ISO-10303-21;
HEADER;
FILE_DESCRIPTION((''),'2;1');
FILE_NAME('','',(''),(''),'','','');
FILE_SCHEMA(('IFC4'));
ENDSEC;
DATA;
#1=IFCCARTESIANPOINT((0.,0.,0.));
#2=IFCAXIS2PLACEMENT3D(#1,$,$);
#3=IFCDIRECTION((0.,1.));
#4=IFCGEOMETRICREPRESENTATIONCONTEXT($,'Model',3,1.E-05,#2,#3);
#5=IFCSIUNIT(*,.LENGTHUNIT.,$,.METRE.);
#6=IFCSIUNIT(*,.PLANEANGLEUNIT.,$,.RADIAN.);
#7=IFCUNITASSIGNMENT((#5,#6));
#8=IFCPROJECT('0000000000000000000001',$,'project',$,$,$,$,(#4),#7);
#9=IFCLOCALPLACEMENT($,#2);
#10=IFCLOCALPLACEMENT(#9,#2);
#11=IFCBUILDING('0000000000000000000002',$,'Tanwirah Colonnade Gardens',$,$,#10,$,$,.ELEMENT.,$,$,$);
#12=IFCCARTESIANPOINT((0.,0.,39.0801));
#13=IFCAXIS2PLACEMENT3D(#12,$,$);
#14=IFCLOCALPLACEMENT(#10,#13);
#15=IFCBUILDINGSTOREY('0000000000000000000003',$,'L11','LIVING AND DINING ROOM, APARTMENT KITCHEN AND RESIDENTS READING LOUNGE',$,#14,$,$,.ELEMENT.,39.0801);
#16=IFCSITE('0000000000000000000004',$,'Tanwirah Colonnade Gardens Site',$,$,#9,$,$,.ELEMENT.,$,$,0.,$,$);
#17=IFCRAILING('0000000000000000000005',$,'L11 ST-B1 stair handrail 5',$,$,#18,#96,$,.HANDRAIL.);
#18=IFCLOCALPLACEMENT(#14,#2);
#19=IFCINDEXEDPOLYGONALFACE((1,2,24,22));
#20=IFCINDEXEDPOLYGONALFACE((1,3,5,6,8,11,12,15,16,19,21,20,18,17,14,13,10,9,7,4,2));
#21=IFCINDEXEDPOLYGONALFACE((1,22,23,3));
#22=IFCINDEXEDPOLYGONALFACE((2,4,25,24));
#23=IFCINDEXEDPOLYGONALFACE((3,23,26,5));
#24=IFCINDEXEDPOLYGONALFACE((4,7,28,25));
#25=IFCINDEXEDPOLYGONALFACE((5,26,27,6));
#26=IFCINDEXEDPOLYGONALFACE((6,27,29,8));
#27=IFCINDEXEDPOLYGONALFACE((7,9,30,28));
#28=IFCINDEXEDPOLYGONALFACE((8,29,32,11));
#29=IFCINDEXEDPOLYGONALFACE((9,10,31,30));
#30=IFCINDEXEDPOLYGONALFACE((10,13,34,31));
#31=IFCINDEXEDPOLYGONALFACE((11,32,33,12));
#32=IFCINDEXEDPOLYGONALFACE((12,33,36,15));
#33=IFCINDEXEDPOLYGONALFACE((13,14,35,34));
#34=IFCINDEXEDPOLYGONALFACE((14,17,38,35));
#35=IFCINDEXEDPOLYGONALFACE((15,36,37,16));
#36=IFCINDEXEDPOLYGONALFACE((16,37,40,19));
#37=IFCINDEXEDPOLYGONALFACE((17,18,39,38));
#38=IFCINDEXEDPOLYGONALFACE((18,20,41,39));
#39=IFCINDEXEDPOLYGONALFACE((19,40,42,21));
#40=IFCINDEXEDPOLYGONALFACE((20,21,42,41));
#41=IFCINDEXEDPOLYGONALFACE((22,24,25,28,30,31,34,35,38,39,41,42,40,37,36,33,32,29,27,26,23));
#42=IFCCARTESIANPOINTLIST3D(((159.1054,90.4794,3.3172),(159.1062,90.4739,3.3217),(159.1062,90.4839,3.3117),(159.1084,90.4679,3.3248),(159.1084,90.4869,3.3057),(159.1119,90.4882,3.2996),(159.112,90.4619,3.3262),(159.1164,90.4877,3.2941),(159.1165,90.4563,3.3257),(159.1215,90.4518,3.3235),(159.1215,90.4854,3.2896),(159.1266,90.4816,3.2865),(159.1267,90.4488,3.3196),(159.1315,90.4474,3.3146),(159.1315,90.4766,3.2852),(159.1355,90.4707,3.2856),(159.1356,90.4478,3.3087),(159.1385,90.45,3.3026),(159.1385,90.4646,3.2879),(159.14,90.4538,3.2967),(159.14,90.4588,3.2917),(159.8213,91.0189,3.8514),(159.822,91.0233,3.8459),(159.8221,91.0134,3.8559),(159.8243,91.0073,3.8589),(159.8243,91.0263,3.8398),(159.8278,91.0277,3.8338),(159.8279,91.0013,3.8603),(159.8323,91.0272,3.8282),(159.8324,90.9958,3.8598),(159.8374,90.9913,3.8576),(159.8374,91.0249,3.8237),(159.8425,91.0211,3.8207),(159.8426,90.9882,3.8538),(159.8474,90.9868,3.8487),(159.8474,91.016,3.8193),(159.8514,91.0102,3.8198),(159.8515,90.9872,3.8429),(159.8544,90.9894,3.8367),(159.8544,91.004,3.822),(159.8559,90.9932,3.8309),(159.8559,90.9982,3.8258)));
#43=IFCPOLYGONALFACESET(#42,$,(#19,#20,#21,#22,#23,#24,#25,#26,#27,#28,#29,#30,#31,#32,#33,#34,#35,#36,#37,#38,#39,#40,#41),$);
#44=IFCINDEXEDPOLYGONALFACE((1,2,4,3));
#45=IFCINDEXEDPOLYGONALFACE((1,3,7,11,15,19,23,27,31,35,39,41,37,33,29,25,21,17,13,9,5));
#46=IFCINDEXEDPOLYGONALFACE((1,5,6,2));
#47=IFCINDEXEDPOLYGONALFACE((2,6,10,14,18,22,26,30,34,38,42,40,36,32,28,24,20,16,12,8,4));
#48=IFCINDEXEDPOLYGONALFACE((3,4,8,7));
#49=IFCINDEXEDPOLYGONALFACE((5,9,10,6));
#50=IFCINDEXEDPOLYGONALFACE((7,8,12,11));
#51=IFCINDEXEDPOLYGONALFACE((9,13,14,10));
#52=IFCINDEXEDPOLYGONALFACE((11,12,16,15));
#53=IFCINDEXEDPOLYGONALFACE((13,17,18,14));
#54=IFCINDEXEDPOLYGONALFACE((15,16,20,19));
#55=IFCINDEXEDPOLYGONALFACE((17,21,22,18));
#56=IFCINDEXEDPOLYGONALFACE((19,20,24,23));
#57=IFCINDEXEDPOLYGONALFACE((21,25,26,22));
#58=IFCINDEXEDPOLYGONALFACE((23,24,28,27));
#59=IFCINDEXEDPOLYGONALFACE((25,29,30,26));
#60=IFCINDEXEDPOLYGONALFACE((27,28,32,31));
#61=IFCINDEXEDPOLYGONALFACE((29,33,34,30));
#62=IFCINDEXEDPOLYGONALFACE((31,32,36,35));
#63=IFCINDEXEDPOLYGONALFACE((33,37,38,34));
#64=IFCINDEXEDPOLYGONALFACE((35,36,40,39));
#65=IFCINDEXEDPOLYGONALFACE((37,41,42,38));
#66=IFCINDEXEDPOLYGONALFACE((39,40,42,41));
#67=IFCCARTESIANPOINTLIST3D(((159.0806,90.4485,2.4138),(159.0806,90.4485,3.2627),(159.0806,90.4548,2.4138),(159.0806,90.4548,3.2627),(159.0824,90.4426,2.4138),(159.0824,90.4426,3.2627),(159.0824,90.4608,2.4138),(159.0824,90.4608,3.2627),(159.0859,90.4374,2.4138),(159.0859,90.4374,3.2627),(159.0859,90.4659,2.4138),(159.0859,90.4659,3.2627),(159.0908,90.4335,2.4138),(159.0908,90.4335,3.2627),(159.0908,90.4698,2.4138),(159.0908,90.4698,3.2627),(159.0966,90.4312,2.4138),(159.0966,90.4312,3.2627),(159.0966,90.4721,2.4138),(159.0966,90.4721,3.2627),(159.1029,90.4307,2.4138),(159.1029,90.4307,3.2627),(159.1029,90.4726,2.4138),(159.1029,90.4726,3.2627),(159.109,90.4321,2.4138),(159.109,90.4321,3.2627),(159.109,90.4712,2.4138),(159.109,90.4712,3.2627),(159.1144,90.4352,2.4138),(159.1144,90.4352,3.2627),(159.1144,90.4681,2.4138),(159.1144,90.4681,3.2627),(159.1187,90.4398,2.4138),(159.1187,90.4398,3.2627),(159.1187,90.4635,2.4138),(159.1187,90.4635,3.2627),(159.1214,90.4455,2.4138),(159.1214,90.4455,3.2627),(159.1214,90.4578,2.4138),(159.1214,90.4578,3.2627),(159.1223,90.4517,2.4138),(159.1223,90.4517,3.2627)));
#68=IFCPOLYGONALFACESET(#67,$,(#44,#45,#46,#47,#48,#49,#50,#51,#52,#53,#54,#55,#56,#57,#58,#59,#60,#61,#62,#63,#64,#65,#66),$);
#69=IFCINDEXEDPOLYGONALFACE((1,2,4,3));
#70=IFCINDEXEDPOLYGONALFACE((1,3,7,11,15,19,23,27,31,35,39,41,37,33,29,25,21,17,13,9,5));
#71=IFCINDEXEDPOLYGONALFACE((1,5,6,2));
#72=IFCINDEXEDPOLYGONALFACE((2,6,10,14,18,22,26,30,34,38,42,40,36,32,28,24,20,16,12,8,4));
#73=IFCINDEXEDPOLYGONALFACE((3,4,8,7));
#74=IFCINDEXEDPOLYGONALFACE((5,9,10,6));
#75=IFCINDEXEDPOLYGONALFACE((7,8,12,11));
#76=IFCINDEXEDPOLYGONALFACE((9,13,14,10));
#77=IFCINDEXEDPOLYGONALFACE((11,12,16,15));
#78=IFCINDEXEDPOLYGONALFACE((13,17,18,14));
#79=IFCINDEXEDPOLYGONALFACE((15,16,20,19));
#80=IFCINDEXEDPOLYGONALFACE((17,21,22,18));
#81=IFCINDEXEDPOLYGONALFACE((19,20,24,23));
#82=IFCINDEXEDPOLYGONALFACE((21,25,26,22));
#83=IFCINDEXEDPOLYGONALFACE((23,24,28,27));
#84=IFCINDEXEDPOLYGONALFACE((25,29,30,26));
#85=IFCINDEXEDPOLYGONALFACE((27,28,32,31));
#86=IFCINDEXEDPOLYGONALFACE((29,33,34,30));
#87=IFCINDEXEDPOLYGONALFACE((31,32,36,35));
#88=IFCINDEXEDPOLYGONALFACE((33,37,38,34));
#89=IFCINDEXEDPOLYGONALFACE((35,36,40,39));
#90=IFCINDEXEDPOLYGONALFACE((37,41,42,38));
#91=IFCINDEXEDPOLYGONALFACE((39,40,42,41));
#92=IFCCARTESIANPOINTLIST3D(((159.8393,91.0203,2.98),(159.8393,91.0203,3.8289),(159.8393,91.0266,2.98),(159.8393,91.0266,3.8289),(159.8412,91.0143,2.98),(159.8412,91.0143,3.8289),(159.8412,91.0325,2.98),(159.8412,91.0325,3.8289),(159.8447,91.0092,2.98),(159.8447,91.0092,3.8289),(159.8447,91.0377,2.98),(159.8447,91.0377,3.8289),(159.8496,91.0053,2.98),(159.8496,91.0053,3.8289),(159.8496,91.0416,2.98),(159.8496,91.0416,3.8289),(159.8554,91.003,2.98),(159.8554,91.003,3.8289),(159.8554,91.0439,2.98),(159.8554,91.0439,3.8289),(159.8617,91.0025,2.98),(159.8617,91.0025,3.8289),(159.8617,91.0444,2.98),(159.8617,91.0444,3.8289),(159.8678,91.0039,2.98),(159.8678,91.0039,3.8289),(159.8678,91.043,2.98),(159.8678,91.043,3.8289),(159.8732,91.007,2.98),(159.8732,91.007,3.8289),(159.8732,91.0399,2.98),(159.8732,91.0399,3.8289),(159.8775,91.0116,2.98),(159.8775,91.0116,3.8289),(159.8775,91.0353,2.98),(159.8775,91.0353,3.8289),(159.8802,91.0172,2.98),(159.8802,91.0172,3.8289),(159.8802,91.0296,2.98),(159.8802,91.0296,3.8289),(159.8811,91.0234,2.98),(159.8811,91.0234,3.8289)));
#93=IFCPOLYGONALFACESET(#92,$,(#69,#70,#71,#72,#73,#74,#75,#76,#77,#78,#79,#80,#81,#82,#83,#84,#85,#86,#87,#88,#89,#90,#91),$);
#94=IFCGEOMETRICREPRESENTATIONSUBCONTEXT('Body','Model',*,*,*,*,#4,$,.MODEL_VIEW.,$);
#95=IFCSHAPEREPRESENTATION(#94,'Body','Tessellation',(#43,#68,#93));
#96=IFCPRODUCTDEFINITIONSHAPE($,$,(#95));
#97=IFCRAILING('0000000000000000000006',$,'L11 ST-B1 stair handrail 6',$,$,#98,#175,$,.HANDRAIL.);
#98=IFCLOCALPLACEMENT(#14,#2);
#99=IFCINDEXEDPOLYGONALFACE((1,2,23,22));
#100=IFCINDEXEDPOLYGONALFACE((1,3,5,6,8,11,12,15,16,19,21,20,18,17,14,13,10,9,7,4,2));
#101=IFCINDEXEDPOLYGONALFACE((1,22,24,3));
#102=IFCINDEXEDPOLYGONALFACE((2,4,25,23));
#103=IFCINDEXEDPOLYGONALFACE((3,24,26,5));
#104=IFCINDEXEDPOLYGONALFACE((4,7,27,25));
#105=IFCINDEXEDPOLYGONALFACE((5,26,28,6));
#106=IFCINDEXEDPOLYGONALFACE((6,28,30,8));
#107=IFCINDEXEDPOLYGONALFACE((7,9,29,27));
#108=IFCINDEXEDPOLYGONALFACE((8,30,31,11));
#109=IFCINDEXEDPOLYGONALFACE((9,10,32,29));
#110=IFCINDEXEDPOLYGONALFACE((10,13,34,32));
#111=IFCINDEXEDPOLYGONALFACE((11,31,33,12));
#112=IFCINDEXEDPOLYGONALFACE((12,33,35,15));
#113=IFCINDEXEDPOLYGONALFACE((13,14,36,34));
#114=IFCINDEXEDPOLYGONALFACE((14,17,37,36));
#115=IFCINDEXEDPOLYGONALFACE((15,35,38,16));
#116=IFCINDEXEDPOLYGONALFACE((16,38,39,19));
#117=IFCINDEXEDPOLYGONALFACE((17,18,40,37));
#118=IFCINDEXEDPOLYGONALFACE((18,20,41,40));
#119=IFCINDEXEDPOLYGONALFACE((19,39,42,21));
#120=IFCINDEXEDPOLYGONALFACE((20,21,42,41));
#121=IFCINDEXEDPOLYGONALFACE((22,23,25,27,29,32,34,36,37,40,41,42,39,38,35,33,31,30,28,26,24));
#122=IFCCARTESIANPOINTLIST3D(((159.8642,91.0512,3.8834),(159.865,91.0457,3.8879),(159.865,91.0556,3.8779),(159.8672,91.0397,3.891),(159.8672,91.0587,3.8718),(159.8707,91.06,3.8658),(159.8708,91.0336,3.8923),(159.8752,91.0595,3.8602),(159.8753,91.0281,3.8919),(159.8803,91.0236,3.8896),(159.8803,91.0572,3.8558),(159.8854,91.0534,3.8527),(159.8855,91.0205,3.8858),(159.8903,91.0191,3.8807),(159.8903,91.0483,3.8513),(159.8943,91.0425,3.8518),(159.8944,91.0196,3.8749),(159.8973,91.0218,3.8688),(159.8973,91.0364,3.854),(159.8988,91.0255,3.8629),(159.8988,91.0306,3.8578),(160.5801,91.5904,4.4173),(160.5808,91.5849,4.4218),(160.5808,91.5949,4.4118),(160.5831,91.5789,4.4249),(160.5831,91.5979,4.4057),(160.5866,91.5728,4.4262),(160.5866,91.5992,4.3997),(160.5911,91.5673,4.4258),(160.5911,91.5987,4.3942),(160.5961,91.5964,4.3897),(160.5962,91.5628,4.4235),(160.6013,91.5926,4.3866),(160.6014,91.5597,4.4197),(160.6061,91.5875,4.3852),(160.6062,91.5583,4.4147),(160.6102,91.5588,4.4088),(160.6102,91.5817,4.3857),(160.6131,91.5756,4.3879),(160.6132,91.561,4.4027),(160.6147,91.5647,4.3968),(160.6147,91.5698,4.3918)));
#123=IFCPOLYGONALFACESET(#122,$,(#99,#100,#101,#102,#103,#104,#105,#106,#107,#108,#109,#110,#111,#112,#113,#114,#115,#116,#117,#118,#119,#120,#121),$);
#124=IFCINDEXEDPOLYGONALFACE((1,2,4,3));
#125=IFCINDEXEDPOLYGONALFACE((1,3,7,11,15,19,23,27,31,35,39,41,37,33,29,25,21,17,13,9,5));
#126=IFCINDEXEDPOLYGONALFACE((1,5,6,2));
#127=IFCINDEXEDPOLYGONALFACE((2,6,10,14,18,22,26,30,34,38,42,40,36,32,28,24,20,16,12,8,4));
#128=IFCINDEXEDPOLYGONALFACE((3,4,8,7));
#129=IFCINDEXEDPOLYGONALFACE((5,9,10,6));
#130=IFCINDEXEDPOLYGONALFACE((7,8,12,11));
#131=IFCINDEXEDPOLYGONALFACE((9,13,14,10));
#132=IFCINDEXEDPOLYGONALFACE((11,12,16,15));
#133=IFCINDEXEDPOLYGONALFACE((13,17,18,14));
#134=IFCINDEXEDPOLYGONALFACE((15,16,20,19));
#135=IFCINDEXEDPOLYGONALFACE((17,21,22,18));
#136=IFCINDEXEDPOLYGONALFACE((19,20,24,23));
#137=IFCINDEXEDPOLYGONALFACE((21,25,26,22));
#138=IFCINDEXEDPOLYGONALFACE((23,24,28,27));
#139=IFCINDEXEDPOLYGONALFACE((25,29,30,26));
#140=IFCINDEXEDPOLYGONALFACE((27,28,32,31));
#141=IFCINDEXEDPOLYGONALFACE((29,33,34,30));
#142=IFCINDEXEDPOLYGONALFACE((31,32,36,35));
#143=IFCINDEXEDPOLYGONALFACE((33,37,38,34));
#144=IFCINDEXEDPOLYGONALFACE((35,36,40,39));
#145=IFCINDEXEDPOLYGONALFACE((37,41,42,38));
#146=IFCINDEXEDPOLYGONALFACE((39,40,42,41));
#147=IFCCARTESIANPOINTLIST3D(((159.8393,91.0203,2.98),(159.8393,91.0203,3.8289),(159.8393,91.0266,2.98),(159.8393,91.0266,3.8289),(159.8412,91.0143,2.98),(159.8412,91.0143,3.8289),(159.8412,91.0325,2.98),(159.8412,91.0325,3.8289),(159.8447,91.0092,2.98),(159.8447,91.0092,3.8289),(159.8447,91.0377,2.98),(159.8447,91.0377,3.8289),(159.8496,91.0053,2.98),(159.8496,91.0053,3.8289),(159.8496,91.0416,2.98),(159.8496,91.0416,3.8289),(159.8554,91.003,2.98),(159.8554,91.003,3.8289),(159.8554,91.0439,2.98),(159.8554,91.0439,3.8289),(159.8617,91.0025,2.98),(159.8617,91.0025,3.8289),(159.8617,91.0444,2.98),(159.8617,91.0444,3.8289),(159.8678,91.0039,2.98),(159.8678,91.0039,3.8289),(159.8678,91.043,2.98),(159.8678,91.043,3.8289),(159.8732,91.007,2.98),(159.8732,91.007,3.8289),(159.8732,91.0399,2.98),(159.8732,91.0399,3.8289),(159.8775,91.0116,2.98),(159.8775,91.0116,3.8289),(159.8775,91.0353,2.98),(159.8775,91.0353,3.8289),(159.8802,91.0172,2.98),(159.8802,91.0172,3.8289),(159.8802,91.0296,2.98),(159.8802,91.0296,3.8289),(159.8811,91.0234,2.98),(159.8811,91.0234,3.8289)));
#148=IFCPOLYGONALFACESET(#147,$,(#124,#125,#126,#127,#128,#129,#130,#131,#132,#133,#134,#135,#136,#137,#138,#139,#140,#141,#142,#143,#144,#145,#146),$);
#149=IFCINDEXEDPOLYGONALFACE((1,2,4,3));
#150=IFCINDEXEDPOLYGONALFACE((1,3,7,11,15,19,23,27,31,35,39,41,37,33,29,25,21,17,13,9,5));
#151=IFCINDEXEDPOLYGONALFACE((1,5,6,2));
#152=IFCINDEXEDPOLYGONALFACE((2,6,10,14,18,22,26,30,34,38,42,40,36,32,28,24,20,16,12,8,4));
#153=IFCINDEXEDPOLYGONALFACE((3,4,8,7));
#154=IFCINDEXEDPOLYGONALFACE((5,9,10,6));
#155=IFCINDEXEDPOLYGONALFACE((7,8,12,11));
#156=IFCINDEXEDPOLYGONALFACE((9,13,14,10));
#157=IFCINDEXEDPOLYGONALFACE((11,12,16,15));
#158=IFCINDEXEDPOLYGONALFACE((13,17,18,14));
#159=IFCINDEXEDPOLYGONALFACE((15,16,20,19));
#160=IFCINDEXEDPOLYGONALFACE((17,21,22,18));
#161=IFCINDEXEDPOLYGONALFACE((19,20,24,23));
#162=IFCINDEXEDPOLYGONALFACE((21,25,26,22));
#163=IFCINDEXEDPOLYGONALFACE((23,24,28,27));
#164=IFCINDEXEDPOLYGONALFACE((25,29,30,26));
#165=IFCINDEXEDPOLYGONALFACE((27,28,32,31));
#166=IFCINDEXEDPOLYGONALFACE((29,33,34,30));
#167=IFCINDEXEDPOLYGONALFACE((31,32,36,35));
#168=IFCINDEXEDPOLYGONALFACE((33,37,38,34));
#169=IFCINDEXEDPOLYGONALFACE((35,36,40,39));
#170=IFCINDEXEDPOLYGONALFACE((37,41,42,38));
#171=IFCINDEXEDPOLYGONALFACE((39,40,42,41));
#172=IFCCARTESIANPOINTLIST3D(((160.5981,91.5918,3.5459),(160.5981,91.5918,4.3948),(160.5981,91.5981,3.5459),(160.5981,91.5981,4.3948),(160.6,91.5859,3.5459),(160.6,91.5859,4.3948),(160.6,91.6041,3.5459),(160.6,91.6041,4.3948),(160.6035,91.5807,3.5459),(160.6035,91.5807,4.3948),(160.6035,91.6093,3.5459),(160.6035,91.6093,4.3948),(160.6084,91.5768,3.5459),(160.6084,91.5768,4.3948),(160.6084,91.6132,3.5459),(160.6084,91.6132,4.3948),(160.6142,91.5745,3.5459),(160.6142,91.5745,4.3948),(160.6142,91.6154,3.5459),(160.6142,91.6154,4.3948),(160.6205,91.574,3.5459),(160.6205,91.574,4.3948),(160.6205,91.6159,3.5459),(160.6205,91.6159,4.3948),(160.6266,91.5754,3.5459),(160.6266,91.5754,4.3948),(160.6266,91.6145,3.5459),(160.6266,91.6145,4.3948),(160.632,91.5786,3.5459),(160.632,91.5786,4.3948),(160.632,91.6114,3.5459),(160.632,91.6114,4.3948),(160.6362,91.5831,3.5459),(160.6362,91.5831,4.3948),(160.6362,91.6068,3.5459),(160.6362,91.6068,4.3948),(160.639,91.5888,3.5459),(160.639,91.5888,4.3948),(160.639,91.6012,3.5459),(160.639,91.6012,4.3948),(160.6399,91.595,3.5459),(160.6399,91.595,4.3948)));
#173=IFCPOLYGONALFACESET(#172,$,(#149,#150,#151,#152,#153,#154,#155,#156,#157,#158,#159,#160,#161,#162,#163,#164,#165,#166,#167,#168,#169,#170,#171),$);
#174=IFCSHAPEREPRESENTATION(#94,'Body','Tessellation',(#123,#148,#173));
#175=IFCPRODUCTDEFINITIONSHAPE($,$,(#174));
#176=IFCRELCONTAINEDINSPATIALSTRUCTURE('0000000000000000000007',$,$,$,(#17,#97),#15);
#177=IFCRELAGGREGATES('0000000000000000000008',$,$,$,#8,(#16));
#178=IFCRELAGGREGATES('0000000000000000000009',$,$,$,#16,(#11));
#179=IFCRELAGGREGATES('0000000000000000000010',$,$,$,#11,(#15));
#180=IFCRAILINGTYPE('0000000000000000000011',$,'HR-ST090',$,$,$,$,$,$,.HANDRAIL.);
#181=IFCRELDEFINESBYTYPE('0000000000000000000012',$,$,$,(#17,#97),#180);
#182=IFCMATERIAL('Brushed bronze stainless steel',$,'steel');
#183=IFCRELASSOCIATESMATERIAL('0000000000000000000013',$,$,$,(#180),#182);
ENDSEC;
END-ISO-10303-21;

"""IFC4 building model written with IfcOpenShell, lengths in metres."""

from ifc_helpers import new_model, si_unit, direction, frame, origin, origin_2d, place, context, subcontext, project, spatial, circle, extrude, material, type_object, element, save


model = new_model("IFC4")

# Units and contexts
model_context = context("Model", 3, precision=1e-05, world=origin(), true_north=direction((0.0, 1.0)))
body_context = subcontext(model_context, "Body", "Model", "MODEL_VIEW")
ifc_project = project(units=[si_unit("LENGTHUNIT", "METRE"), si_unit("PLANEANGLEUNIT", "RADIAN")], contexts=[model_context])

# Site, building, storey
site_placement = place(None, origin())
site = spatial("IfcSite", under=ifc_project, at=site_placement, Name="Tanwirah Colonnade Gardens Site", CompositionType="ELEMENT", RefElevation=0.0)
building_placement = place(site_placement, origin())
building = spatial("IfcBuilding", under=site, at=building_placement, Name="Tanwirah Colonnade Gardens", CompositionType="ELEMENT")
storey_placement = place(building_placement, frame((0.0, 0.0, 39.0801)))
storey = spatial("IfcBuildingStorey", under=building, at=storey_placement, Name="L11", Description="LIVING AND DINING ROOM, APARTMENT KITCHEN AND RESIDENTS READING LOUNGE", CompositionType="ELEMENT", Elevation=39.0801)

# Railings
ifc_material_1 = material(Name="Brushed bronze stainless steel", Category="steel")
railing_type_1 = type_object("IfcRailingType", Name="HR-ST090", PredefinedType="HANDRAIL", material=ifc_material_1)
railing_1_placement = place(storey_placement, frame((159.1013, 90.4517, 2.4138)))
element("IfcRailing", 1, at=railing_1_placement, inside=storey, type_object=railing_type_1, Name="L11 ST-B1 stair handrail 5", PredefinedType="HANDRAIL", context=body_context, shape_type="SweptSolid", body=[
    extrude(circle(Radius=0.0239, at=origin_2d()), frame((0.0215, 0.0161, 0.8918), z_axis=(0.686068, 0.516979, 0.511902), x_axis=(-0.601807, 0.798641, 0.0)), (0.0, 0.0, 1.0), 1.0435),
    extrude(circle(Radius=0.021, at=origin_2d()), origin(), (0.0, 0.0, 1.0), 0.8489),
    extrude(circle(Radius=0.021, at=origin_2d()), frame((0.7588, 0.5718, 0.5662)), (0.0, 0.0, 1.0), 0.8489),
])
railing_2_placement = place(storey_placement, frame((159.8601, 91.0234, 2.98)))
element("IfcRailing", 2, at=railing_2_placement, inside=storey, type_object=railing_type_1, Name="L11 ST-B1 stair handrail 6", PredefinedType="HANDRAIL", context=body_context, shape_type="SweptSolid", body=[
    extrude(circle(Radius=0.0239, at=origin_2d()), frame((0.0215, 0.0161, 0.8918), z_axis=(0.686224, 0.516876, 0.511797), x_axis=(-0.601644, 0.798765, 0.0)), (0.0, 0.0, 1.0), 1.0432),
    extrude(circle(Radius=0.021, at=origin_2d()), origin(), (0.0, 0.0, 1.0), 0.8489),
    extrude(circle(Radius=0.021, at=origin_2d()), frame((0.7588, 0.5715, 0.5659)), (0.0, 0.0, 1.0), 0.8489),
])

save(model, "model.ifc")
